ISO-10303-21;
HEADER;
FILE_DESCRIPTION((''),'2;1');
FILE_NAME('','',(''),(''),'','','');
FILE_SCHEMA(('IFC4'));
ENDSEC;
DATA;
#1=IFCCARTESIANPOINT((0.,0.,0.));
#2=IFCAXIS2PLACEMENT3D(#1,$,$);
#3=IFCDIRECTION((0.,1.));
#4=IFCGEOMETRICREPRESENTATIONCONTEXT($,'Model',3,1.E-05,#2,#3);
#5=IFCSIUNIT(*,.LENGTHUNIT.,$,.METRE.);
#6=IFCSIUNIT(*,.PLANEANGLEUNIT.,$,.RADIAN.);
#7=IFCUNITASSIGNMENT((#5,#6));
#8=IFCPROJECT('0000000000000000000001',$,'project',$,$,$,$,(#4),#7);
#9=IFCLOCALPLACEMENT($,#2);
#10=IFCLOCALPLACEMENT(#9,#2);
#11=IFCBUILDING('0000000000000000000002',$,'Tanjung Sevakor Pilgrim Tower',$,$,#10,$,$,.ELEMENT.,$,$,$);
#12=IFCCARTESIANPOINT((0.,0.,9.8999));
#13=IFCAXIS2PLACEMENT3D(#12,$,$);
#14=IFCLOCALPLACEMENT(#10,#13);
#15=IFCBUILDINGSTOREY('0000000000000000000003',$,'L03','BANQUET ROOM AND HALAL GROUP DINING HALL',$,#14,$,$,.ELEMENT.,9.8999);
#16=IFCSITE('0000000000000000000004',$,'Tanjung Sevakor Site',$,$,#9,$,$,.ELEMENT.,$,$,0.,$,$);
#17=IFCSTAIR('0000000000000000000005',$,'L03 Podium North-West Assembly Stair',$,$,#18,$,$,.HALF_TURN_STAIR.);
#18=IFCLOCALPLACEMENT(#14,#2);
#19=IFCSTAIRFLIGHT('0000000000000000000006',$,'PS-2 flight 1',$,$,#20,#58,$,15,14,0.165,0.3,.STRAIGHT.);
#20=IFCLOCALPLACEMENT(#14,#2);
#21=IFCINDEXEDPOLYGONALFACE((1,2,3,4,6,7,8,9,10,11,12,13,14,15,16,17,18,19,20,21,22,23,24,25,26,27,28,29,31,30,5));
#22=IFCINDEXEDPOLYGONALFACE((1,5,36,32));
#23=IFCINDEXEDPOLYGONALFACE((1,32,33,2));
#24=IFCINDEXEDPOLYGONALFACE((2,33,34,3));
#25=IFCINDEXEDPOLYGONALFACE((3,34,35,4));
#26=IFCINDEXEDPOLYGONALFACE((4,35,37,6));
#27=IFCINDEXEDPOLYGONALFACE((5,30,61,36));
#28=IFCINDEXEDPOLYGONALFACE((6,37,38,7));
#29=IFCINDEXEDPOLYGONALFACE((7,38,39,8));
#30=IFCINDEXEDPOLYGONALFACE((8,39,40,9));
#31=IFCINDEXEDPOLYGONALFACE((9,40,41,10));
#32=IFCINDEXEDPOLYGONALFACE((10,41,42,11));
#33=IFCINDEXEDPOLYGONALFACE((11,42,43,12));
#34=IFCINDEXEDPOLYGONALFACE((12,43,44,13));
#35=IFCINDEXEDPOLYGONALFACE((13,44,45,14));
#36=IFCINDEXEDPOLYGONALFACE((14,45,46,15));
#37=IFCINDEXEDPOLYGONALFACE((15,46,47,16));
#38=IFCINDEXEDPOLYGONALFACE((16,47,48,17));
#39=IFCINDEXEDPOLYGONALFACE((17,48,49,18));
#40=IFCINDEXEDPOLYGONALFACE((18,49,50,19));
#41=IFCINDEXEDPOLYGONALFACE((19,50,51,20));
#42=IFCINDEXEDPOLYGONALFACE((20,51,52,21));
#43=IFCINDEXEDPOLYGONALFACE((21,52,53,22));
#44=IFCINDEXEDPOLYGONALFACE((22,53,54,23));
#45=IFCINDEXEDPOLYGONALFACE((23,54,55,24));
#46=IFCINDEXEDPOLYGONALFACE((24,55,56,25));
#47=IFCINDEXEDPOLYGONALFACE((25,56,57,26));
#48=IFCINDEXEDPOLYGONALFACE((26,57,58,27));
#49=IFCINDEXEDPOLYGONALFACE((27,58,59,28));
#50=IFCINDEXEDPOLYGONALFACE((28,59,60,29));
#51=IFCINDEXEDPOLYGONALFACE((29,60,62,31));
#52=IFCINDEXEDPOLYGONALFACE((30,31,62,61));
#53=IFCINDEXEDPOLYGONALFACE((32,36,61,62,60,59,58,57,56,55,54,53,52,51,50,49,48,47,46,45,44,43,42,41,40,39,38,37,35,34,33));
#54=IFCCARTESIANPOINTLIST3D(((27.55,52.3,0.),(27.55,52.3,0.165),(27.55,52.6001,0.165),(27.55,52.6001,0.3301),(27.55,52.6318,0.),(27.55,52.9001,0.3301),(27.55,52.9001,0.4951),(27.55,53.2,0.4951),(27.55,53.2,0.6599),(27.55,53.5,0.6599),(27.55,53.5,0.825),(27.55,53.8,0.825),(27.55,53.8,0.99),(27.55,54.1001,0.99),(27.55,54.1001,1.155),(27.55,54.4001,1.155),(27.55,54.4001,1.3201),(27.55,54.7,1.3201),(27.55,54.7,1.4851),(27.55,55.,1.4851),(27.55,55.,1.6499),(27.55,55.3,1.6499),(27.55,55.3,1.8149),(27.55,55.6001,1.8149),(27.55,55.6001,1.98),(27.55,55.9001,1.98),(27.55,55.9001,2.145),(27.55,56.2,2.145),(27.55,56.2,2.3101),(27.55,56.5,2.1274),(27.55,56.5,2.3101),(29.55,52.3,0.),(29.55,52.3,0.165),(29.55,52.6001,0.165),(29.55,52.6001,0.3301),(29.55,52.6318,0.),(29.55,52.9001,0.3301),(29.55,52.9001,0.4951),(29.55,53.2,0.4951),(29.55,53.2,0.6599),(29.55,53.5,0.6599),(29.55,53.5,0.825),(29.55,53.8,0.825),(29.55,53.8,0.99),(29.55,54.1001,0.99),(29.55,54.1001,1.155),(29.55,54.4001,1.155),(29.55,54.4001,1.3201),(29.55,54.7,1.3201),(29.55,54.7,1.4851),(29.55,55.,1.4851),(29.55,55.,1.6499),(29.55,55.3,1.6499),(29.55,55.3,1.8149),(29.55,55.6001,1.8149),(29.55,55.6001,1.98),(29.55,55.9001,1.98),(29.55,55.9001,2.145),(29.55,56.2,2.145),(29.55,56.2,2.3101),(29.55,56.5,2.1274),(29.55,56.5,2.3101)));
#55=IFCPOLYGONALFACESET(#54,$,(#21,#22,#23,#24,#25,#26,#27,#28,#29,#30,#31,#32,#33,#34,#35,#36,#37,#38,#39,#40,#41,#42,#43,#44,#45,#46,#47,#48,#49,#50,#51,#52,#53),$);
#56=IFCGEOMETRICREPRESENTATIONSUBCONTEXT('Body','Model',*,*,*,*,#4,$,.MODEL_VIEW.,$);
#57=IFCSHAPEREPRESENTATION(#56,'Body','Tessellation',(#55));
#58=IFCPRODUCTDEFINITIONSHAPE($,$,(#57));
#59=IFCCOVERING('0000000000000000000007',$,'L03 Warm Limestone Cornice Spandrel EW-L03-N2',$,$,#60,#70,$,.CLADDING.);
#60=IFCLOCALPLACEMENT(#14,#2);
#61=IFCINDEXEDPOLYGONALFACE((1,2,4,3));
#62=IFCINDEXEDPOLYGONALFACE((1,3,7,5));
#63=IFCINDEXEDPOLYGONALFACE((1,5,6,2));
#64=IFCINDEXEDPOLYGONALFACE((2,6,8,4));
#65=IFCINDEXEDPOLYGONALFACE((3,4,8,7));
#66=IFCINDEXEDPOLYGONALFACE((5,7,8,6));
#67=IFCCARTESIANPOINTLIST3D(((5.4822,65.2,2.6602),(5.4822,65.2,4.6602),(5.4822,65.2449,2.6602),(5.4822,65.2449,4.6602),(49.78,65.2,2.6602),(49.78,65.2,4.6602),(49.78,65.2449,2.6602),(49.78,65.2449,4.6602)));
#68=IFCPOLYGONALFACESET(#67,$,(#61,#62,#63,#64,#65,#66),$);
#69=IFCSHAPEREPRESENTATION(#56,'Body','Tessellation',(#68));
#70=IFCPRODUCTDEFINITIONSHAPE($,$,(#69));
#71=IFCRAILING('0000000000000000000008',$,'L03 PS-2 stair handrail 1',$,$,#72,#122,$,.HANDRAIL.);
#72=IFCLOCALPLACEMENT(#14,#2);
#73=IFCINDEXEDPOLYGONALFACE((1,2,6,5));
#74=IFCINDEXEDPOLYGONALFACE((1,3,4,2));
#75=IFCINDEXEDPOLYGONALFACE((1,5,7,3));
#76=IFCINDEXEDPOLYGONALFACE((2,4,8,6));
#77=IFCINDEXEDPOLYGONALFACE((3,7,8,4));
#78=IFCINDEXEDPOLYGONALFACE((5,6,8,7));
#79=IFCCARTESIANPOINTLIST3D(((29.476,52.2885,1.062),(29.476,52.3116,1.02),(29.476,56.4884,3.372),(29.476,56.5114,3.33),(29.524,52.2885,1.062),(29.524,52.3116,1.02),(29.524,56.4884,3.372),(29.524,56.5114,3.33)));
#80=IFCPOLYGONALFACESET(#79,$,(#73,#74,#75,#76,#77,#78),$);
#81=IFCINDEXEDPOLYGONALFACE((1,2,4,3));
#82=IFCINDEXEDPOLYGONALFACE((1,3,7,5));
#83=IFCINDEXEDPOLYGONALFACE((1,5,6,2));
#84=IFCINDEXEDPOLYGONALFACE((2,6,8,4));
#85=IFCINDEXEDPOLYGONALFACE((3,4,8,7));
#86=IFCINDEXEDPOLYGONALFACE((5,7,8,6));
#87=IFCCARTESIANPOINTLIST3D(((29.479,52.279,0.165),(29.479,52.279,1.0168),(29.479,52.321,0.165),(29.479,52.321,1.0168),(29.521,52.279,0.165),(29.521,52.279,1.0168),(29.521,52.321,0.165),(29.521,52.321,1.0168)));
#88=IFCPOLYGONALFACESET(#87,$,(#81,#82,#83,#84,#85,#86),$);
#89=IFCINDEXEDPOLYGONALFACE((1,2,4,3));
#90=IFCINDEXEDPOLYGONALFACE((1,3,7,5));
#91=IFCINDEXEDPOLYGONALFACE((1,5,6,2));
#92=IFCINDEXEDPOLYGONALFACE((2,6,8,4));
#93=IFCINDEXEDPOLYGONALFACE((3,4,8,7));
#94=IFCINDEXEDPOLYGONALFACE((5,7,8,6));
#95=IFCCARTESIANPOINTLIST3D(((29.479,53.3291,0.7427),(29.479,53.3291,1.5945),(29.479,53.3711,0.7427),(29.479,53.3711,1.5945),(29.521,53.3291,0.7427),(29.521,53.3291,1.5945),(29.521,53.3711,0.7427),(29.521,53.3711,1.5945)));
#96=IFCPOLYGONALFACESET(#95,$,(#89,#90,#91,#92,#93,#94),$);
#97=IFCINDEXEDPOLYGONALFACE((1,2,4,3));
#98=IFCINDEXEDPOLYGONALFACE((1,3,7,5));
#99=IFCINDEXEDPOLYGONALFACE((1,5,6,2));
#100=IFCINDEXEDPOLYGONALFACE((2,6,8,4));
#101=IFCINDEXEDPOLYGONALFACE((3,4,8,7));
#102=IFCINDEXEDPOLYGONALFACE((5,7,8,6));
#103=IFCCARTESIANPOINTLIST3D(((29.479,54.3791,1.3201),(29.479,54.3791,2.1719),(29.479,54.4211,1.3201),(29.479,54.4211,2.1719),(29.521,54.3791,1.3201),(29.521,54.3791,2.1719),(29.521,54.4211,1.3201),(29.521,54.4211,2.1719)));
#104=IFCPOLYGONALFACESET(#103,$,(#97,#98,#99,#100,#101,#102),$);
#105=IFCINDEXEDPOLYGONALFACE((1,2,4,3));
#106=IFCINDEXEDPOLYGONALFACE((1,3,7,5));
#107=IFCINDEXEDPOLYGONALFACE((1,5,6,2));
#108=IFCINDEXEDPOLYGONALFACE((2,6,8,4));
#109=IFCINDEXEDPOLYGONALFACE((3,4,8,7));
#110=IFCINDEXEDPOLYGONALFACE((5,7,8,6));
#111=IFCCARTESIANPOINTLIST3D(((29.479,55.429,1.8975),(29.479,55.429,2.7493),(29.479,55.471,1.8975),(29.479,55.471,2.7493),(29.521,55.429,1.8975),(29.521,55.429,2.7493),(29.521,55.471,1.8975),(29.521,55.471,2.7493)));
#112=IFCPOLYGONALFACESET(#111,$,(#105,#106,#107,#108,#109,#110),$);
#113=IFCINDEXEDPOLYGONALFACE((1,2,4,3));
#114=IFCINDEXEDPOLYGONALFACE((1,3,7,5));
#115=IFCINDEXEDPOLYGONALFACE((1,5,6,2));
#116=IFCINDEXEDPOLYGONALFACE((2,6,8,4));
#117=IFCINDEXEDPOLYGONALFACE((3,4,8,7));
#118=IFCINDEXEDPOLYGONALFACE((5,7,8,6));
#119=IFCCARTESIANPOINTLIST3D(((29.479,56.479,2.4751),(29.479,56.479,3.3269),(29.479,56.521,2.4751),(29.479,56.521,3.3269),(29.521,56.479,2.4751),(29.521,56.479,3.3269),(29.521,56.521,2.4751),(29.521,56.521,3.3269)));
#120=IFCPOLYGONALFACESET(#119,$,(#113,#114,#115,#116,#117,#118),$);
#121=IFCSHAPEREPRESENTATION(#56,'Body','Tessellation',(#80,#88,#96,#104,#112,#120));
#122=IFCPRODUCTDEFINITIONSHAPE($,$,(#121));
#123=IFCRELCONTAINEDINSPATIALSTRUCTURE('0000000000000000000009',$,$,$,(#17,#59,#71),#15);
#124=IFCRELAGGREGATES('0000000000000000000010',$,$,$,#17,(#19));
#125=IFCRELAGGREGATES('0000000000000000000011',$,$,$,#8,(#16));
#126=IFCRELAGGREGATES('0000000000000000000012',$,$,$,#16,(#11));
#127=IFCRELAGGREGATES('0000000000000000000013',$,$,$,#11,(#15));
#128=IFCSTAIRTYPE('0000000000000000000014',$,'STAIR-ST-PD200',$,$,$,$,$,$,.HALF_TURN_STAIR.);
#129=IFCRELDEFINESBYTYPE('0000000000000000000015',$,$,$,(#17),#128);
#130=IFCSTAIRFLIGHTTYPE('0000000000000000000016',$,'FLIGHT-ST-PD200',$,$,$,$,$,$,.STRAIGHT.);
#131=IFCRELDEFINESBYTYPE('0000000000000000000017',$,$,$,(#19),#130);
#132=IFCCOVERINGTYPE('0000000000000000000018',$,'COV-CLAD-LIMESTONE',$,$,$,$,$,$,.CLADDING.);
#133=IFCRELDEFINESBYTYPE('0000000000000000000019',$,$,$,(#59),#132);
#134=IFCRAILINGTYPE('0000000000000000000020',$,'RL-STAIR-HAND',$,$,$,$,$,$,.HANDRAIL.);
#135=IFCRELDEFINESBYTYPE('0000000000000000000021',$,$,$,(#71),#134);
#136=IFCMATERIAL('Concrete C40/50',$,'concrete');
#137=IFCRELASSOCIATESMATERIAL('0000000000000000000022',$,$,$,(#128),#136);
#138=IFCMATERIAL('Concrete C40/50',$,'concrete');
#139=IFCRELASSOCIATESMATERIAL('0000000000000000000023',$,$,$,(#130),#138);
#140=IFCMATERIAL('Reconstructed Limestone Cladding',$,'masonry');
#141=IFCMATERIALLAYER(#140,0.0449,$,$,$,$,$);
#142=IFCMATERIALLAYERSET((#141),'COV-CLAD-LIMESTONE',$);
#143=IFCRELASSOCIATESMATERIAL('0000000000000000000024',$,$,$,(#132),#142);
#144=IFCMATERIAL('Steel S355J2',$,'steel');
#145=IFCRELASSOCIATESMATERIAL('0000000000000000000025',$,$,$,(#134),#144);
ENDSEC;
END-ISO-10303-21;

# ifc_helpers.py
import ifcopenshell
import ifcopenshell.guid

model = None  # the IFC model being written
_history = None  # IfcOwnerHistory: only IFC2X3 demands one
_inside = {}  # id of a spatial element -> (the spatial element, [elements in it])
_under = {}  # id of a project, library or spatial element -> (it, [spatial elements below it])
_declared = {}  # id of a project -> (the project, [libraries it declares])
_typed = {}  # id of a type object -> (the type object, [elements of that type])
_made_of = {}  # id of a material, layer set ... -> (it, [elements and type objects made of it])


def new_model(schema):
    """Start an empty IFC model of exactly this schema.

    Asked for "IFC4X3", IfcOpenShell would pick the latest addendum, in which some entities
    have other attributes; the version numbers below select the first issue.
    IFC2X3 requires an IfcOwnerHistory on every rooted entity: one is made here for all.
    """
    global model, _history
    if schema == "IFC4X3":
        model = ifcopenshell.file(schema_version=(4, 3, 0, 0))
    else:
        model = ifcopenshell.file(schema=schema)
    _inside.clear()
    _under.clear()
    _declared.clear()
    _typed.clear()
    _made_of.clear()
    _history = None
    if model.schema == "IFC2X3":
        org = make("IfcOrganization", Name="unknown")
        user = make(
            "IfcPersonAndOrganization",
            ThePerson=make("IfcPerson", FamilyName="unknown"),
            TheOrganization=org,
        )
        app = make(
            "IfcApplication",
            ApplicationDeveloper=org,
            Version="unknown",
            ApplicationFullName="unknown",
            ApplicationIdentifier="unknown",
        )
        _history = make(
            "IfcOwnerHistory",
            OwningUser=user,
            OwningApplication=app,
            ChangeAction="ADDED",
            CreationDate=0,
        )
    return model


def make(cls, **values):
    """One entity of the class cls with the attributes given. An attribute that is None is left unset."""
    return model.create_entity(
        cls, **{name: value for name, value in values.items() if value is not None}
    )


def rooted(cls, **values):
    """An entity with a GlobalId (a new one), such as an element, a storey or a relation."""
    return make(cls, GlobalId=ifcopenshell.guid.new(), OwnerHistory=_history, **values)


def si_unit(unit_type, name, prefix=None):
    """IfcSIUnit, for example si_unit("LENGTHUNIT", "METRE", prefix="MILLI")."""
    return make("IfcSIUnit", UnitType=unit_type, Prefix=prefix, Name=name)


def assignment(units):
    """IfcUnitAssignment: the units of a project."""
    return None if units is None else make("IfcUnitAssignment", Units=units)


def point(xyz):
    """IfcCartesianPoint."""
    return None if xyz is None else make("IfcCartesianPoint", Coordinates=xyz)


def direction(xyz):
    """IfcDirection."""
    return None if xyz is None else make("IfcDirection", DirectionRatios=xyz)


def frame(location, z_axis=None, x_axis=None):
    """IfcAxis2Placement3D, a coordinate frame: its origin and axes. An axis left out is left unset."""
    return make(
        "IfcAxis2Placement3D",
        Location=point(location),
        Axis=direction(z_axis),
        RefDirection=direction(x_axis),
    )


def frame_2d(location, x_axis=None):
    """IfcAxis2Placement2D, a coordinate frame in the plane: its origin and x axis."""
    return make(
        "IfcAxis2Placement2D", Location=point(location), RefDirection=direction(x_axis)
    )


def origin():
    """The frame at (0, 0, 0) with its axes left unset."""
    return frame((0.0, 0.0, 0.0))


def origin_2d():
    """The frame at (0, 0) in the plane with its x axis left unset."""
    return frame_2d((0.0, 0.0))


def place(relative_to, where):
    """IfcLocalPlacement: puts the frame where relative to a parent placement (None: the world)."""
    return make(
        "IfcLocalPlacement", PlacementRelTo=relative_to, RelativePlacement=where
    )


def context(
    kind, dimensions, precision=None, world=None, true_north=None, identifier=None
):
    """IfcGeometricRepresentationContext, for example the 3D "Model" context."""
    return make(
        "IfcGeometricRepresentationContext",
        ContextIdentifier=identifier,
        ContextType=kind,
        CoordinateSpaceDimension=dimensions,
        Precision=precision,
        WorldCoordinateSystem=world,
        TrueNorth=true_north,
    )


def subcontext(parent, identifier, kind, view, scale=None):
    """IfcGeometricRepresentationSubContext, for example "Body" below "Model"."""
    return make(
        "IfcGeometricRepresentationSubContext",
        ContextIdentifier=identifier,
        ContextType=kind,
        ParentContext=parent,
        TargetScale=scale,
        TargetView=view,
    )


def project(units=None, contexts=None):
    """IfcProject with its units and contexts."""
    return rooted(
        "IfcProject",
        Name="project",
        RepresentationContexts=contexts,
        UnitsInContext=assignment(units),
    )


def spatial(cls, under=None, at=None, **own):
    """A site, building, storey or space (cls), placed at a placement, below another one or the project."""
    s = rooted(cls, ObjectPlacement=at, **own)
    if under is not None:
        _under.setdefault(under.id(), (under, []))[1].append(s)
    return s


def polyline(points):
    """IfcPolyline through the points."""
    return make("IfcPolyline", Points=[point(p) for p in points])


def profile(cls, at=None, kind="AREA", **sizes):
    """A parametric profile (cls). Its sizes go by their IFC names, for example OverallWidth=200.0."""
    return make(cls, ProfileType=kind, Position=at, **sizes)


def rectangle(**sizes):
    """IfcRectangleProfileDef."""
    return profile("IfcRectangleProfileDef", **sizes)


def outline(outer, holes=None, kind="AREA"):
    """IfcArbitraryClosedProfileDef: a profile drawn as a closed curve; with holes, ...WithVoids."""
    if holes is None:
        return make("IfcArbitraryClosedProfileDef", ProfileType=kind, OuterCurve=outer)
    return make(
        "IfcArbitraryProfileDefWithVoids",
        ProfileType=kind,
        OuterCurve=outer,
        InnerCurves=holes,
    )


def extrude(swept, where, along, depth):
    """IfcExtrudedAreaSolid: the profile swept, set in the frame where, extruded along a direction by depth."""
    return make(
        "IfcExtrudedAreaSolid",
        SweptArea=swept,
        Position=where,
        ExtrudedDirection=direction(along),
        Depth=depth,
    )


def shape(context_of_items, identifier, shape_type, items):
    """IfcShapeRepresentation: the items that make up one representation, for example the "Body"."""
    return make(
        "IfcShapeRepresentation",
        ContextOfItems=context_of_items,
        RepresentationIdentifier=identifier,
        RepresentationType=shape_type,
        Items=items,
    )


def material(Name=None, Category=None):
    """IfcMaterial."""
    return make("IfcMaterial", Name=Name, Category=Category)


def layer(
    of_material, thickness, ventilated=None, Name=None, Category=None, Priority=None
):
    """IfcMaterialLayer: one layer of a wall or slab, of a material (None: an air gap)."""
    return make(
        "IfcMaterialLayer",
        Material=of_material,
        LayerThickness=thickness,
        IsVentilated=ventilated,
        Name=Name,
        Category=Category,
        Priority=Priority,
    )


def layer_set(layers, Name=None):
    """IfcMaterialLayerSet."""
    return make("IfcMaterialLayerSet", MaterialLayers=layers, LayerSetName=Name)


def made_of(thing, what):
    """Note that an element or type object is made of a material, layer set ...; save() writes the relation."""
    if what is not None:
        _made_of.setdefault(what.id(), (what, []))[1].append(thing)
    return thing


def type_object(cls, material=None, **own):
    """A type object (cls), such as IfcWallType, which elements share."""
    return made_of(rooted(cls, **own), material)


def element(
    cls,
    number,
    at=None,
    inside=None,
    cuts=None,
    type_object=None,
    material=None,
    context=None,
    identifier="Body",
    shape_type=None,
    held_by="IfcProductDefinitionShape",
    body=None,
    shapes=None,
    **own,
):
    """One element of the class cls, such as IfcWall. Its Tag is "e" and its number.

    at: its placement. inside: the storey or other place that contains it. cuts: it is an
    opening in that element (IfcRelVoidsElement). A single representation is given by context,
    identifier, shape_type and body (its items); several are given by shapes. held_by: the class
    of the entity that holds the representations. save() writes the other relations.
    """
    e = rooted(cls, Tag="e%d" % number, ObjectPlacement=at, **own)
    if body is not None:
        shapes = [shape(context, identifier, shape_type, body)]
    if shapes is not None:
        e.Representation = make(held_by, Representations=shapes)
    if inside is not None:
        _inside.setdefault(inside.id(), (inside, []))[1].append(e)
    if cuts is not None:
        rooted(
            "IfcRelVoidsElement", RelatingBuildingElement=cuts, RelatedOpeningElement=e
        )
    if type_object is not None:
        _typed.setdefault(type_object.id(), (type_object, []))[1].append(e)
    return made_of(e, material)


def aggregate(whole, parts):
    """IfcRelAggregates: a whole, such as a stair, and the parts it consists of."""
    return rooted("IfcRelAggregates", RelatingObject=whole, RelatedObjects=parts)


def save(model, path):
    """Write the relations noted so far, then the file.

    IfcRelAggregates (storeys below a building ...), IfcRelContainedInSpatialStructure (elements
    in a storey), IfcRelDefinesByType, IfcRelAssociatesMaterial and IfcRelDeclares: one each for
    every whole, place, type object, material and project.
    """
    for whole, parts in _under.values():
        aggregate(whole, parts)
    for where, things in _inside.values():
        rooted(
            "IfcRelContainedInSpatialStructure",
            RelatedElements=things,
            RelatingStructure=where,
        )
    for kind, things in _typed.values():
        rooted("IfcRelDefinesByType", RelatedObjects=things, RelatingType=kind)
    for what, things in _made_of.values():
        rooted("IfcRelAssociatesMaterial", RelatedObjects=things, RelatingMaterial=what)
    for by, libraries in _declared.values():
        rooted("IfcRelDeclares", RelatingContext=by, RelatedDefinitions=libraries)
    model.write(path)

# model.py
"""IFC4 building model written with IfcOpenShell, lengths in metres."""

from ifc_helpers import new_model, si_unit, direction, frame, origin, origin_2d, place, context, subcontext, project, spatial, polyline, rectangle, outline, extrude, material, layer, layer_set, type_object, element, aggregate, save


model = new_model("IFC4")

# Units and contexts
model_context = context("Model", 3, precision=1e-05, world=origin(), true_north=direction((0.0, 1.0)))
body_context = subcontext(model_context, "Body", "Model", "MODEL_VIEW")
ifc_project = project(units=[si_unit("LENGTHUNIT", "METRE"), si_unit("PLANEANGLEUNIT", "RADIAN")], contexts=[model_context])

# Site, building, storey
site_placement = place(None, origin())
site = spatial("IfcSite", under=ifc_project, at=site_placement, Name="Tanjung Sevakor Site", CompositionType="ELEMENT", RefElevation=0.0)
building_placement = place(site_placement, origin())
building = spatial("IfcBuilding", under=site, at=building_placement, Name="Tanjung Sevakor Pilgrim Tower", CompositionType="ELEMENT")
storey_placement = place(building_placement, frame((0.0, 0.0, 9.8999)))
storey = spatial("IfcBuildingStorey", under=building, at=storey_placement, Name="L03", Description="BANQUET ROOM AND HALAL GROUP DINING HALL", CompositionType="ELEMENT", Elevation=9.8999)

# Stair, stair flight
ifc_material_1 = material(Name="Concrete C40/50", Category="concrete")
stair_type = type_object("IfcStairType", Name="STAIR-ST-PD200", PredefinedType="HALF_TURN_STAIR", material=ifc_material_1)
stair_placement = place(storey_placement, origin())
stair = element("IfcStair", 1, at=stair_placement, inside=storey, type_object=stair_type, Name="L03 Podium North-West Assembly Stair", PredefinedType="HALF_TURN_STAIR")
ifc_material_2 = material(Name="Concrete C40/50", Category="concrete")
stair_flight_type = type_object("IfcStairFlightType", Name="FLIGHT-ST-PD200", PredefinedType="STRAIGHT", material=ifc_material_2)
stair_flight_placement = place(storey_placement, frame((28.55, 52.3, 0.0), z_axis=(0.0, 0.0, 1.0), x_axis=(0.0, 1.0, 0.0)))
stair_flight = element("IfcStairFlight", 2, at=stair_flight_placement, type_object=stair_flight_type, Name="PS-2 flight 1", NumberOfRisers=15, NumberOfTreads=14, PredefinedType="STRAIGHT", RiserHeight=0.165, TreadLength=0.3, context=body_context, shape_type="SweptSolid", body=[
    extrude(outline(polyline([(0.0, 0.0), (0.0, 0.165), (0.3, 0.165), (0.3, 0.3301), (0.6001, 0.3301), (0.6001, 0.4951), (0.8999, 0.4951), (0.8999, 0.6599), (1.2, 0.6599), (1.2, 0.825), (1.5, 0.825), (1.5, 0.99), (1.8, 0.99), (1.8, 1.155), (2.1001, 1.155), (2.1001, 1.3201), (2.3999, 1.3201), (2.3999, 1.4851), (2.7, 1.4851), (2.7, 1.6499), (3.0, 1.6499), (3.0, 1.8149), (3.3, 1.8149), (3.3, 1.98), (3.6001, 1.98), (3.6001, 2.145), (3.8999, 2.145), (3.8999, 2.3101), (4.2, 2.3101), (4.2, 2.4751), (4.2, 2.1274), (0.3318, 0.0), (0.0, 0.0)])), frame((0.0, 1.0, 0.0), z_axis=(0.0, -1.0, 0.0), x_axis=(1.0, 0.0, 0.0)), (0.0, 0.0, 1.0), 2.0),
])
aggregate(stair, [stair_flight])

# Covering
ifc_material_3 = material(Name="Reconstructed Limestone Cladding", Category="masonry")
ifc_layer_1 = layer(ifc_material_3, 0.0449)
ifc_layer_set_1 = layer_set([ifc_layer_1], Name="COV-CLAD-LIMESTONE")
covering_type = type_object("IfcCoveringType", Name="COV-CLAD-LIMESTONE", PredefinedType="CLADDING", material=ifc_layer_set_1)
covering_placement = place(storey_placement, frame((27.6311, 65.2224, 2.6602), z_axis=(0.0, 0.0, 1.0), x_axis=(-1.0, 0.0, 0.0)))
element("IfcCovering", 3, at=covering_placement, inside=storey, type_object=covering_type, Name="L03 Warm Limestone Cornice Spandrel EW-L03-N2", PredefinedType="CLADDING", context=body_context, shape_type="SweptSolid", body=[
    extrude(rectangle(XDim=44.2979, YDim=0.0449, at=origin_2d()), origin(), (0.0, 0.0, 1.0), 2.0),
])

# Railing
ifc_material_4 = material(Name="Steel S355J2", Category="steel")
railing_type = type_object("IfcRailingType", Name="RL-STAIR-HAND", PredefinedType="HANDRAIL", material=ifc_material_4)
railing_placement = place(storey_placement, frame((29.5, 52.3, 0.165)))
element("IfcRailing", 4, at=railing_placement, inside=storey, type_object=railing_type, Name="L03 PS-2 stair handrail 1", PredefinedType="HANDRAIL", context=body_context, shape_type="SweptSolid", body=[
    extrude(rectangle(XDim=0.0479, YDim=0.0479), frame((0.0, 0.0, 0.876), z_axis=(0.0, 0.876208, 0.481932), x_axis=(-1.0, 0.0, 0.0)), (0.0, 0.0, 1.0), 4.7932),
    extrude(rectangle(XDim=0.042, YDim=0.042), origin(), (0.0, 0.0, 1.0), 0.8518),
    extrude(rectangle(XDim=0.042, YDim=0.042), frame((0.0, 1.05, 0.5776)), (0.0, 0.0, 1.0), 0.8518),
    extrude(rectangle(XDim=0.042, YDim=0.042), frame((0.0, 2.1001, 1.155)), (0.0, 0.0, 1.0), 0.8518),
    extrude(rectangle(XDim=0.042, YDim=0.042), frame((0.0, 3.1499, 1.7324)), (0.0, 0.0, 1.0), 0.8518),
    extrude(rectangle(XDim=0.042, YDim=0.042), frame((0.0, 4.2, 2.3101)), (0.0, 0.0, 1.0), 0.8518),
])

save(model, "model.ifc")
